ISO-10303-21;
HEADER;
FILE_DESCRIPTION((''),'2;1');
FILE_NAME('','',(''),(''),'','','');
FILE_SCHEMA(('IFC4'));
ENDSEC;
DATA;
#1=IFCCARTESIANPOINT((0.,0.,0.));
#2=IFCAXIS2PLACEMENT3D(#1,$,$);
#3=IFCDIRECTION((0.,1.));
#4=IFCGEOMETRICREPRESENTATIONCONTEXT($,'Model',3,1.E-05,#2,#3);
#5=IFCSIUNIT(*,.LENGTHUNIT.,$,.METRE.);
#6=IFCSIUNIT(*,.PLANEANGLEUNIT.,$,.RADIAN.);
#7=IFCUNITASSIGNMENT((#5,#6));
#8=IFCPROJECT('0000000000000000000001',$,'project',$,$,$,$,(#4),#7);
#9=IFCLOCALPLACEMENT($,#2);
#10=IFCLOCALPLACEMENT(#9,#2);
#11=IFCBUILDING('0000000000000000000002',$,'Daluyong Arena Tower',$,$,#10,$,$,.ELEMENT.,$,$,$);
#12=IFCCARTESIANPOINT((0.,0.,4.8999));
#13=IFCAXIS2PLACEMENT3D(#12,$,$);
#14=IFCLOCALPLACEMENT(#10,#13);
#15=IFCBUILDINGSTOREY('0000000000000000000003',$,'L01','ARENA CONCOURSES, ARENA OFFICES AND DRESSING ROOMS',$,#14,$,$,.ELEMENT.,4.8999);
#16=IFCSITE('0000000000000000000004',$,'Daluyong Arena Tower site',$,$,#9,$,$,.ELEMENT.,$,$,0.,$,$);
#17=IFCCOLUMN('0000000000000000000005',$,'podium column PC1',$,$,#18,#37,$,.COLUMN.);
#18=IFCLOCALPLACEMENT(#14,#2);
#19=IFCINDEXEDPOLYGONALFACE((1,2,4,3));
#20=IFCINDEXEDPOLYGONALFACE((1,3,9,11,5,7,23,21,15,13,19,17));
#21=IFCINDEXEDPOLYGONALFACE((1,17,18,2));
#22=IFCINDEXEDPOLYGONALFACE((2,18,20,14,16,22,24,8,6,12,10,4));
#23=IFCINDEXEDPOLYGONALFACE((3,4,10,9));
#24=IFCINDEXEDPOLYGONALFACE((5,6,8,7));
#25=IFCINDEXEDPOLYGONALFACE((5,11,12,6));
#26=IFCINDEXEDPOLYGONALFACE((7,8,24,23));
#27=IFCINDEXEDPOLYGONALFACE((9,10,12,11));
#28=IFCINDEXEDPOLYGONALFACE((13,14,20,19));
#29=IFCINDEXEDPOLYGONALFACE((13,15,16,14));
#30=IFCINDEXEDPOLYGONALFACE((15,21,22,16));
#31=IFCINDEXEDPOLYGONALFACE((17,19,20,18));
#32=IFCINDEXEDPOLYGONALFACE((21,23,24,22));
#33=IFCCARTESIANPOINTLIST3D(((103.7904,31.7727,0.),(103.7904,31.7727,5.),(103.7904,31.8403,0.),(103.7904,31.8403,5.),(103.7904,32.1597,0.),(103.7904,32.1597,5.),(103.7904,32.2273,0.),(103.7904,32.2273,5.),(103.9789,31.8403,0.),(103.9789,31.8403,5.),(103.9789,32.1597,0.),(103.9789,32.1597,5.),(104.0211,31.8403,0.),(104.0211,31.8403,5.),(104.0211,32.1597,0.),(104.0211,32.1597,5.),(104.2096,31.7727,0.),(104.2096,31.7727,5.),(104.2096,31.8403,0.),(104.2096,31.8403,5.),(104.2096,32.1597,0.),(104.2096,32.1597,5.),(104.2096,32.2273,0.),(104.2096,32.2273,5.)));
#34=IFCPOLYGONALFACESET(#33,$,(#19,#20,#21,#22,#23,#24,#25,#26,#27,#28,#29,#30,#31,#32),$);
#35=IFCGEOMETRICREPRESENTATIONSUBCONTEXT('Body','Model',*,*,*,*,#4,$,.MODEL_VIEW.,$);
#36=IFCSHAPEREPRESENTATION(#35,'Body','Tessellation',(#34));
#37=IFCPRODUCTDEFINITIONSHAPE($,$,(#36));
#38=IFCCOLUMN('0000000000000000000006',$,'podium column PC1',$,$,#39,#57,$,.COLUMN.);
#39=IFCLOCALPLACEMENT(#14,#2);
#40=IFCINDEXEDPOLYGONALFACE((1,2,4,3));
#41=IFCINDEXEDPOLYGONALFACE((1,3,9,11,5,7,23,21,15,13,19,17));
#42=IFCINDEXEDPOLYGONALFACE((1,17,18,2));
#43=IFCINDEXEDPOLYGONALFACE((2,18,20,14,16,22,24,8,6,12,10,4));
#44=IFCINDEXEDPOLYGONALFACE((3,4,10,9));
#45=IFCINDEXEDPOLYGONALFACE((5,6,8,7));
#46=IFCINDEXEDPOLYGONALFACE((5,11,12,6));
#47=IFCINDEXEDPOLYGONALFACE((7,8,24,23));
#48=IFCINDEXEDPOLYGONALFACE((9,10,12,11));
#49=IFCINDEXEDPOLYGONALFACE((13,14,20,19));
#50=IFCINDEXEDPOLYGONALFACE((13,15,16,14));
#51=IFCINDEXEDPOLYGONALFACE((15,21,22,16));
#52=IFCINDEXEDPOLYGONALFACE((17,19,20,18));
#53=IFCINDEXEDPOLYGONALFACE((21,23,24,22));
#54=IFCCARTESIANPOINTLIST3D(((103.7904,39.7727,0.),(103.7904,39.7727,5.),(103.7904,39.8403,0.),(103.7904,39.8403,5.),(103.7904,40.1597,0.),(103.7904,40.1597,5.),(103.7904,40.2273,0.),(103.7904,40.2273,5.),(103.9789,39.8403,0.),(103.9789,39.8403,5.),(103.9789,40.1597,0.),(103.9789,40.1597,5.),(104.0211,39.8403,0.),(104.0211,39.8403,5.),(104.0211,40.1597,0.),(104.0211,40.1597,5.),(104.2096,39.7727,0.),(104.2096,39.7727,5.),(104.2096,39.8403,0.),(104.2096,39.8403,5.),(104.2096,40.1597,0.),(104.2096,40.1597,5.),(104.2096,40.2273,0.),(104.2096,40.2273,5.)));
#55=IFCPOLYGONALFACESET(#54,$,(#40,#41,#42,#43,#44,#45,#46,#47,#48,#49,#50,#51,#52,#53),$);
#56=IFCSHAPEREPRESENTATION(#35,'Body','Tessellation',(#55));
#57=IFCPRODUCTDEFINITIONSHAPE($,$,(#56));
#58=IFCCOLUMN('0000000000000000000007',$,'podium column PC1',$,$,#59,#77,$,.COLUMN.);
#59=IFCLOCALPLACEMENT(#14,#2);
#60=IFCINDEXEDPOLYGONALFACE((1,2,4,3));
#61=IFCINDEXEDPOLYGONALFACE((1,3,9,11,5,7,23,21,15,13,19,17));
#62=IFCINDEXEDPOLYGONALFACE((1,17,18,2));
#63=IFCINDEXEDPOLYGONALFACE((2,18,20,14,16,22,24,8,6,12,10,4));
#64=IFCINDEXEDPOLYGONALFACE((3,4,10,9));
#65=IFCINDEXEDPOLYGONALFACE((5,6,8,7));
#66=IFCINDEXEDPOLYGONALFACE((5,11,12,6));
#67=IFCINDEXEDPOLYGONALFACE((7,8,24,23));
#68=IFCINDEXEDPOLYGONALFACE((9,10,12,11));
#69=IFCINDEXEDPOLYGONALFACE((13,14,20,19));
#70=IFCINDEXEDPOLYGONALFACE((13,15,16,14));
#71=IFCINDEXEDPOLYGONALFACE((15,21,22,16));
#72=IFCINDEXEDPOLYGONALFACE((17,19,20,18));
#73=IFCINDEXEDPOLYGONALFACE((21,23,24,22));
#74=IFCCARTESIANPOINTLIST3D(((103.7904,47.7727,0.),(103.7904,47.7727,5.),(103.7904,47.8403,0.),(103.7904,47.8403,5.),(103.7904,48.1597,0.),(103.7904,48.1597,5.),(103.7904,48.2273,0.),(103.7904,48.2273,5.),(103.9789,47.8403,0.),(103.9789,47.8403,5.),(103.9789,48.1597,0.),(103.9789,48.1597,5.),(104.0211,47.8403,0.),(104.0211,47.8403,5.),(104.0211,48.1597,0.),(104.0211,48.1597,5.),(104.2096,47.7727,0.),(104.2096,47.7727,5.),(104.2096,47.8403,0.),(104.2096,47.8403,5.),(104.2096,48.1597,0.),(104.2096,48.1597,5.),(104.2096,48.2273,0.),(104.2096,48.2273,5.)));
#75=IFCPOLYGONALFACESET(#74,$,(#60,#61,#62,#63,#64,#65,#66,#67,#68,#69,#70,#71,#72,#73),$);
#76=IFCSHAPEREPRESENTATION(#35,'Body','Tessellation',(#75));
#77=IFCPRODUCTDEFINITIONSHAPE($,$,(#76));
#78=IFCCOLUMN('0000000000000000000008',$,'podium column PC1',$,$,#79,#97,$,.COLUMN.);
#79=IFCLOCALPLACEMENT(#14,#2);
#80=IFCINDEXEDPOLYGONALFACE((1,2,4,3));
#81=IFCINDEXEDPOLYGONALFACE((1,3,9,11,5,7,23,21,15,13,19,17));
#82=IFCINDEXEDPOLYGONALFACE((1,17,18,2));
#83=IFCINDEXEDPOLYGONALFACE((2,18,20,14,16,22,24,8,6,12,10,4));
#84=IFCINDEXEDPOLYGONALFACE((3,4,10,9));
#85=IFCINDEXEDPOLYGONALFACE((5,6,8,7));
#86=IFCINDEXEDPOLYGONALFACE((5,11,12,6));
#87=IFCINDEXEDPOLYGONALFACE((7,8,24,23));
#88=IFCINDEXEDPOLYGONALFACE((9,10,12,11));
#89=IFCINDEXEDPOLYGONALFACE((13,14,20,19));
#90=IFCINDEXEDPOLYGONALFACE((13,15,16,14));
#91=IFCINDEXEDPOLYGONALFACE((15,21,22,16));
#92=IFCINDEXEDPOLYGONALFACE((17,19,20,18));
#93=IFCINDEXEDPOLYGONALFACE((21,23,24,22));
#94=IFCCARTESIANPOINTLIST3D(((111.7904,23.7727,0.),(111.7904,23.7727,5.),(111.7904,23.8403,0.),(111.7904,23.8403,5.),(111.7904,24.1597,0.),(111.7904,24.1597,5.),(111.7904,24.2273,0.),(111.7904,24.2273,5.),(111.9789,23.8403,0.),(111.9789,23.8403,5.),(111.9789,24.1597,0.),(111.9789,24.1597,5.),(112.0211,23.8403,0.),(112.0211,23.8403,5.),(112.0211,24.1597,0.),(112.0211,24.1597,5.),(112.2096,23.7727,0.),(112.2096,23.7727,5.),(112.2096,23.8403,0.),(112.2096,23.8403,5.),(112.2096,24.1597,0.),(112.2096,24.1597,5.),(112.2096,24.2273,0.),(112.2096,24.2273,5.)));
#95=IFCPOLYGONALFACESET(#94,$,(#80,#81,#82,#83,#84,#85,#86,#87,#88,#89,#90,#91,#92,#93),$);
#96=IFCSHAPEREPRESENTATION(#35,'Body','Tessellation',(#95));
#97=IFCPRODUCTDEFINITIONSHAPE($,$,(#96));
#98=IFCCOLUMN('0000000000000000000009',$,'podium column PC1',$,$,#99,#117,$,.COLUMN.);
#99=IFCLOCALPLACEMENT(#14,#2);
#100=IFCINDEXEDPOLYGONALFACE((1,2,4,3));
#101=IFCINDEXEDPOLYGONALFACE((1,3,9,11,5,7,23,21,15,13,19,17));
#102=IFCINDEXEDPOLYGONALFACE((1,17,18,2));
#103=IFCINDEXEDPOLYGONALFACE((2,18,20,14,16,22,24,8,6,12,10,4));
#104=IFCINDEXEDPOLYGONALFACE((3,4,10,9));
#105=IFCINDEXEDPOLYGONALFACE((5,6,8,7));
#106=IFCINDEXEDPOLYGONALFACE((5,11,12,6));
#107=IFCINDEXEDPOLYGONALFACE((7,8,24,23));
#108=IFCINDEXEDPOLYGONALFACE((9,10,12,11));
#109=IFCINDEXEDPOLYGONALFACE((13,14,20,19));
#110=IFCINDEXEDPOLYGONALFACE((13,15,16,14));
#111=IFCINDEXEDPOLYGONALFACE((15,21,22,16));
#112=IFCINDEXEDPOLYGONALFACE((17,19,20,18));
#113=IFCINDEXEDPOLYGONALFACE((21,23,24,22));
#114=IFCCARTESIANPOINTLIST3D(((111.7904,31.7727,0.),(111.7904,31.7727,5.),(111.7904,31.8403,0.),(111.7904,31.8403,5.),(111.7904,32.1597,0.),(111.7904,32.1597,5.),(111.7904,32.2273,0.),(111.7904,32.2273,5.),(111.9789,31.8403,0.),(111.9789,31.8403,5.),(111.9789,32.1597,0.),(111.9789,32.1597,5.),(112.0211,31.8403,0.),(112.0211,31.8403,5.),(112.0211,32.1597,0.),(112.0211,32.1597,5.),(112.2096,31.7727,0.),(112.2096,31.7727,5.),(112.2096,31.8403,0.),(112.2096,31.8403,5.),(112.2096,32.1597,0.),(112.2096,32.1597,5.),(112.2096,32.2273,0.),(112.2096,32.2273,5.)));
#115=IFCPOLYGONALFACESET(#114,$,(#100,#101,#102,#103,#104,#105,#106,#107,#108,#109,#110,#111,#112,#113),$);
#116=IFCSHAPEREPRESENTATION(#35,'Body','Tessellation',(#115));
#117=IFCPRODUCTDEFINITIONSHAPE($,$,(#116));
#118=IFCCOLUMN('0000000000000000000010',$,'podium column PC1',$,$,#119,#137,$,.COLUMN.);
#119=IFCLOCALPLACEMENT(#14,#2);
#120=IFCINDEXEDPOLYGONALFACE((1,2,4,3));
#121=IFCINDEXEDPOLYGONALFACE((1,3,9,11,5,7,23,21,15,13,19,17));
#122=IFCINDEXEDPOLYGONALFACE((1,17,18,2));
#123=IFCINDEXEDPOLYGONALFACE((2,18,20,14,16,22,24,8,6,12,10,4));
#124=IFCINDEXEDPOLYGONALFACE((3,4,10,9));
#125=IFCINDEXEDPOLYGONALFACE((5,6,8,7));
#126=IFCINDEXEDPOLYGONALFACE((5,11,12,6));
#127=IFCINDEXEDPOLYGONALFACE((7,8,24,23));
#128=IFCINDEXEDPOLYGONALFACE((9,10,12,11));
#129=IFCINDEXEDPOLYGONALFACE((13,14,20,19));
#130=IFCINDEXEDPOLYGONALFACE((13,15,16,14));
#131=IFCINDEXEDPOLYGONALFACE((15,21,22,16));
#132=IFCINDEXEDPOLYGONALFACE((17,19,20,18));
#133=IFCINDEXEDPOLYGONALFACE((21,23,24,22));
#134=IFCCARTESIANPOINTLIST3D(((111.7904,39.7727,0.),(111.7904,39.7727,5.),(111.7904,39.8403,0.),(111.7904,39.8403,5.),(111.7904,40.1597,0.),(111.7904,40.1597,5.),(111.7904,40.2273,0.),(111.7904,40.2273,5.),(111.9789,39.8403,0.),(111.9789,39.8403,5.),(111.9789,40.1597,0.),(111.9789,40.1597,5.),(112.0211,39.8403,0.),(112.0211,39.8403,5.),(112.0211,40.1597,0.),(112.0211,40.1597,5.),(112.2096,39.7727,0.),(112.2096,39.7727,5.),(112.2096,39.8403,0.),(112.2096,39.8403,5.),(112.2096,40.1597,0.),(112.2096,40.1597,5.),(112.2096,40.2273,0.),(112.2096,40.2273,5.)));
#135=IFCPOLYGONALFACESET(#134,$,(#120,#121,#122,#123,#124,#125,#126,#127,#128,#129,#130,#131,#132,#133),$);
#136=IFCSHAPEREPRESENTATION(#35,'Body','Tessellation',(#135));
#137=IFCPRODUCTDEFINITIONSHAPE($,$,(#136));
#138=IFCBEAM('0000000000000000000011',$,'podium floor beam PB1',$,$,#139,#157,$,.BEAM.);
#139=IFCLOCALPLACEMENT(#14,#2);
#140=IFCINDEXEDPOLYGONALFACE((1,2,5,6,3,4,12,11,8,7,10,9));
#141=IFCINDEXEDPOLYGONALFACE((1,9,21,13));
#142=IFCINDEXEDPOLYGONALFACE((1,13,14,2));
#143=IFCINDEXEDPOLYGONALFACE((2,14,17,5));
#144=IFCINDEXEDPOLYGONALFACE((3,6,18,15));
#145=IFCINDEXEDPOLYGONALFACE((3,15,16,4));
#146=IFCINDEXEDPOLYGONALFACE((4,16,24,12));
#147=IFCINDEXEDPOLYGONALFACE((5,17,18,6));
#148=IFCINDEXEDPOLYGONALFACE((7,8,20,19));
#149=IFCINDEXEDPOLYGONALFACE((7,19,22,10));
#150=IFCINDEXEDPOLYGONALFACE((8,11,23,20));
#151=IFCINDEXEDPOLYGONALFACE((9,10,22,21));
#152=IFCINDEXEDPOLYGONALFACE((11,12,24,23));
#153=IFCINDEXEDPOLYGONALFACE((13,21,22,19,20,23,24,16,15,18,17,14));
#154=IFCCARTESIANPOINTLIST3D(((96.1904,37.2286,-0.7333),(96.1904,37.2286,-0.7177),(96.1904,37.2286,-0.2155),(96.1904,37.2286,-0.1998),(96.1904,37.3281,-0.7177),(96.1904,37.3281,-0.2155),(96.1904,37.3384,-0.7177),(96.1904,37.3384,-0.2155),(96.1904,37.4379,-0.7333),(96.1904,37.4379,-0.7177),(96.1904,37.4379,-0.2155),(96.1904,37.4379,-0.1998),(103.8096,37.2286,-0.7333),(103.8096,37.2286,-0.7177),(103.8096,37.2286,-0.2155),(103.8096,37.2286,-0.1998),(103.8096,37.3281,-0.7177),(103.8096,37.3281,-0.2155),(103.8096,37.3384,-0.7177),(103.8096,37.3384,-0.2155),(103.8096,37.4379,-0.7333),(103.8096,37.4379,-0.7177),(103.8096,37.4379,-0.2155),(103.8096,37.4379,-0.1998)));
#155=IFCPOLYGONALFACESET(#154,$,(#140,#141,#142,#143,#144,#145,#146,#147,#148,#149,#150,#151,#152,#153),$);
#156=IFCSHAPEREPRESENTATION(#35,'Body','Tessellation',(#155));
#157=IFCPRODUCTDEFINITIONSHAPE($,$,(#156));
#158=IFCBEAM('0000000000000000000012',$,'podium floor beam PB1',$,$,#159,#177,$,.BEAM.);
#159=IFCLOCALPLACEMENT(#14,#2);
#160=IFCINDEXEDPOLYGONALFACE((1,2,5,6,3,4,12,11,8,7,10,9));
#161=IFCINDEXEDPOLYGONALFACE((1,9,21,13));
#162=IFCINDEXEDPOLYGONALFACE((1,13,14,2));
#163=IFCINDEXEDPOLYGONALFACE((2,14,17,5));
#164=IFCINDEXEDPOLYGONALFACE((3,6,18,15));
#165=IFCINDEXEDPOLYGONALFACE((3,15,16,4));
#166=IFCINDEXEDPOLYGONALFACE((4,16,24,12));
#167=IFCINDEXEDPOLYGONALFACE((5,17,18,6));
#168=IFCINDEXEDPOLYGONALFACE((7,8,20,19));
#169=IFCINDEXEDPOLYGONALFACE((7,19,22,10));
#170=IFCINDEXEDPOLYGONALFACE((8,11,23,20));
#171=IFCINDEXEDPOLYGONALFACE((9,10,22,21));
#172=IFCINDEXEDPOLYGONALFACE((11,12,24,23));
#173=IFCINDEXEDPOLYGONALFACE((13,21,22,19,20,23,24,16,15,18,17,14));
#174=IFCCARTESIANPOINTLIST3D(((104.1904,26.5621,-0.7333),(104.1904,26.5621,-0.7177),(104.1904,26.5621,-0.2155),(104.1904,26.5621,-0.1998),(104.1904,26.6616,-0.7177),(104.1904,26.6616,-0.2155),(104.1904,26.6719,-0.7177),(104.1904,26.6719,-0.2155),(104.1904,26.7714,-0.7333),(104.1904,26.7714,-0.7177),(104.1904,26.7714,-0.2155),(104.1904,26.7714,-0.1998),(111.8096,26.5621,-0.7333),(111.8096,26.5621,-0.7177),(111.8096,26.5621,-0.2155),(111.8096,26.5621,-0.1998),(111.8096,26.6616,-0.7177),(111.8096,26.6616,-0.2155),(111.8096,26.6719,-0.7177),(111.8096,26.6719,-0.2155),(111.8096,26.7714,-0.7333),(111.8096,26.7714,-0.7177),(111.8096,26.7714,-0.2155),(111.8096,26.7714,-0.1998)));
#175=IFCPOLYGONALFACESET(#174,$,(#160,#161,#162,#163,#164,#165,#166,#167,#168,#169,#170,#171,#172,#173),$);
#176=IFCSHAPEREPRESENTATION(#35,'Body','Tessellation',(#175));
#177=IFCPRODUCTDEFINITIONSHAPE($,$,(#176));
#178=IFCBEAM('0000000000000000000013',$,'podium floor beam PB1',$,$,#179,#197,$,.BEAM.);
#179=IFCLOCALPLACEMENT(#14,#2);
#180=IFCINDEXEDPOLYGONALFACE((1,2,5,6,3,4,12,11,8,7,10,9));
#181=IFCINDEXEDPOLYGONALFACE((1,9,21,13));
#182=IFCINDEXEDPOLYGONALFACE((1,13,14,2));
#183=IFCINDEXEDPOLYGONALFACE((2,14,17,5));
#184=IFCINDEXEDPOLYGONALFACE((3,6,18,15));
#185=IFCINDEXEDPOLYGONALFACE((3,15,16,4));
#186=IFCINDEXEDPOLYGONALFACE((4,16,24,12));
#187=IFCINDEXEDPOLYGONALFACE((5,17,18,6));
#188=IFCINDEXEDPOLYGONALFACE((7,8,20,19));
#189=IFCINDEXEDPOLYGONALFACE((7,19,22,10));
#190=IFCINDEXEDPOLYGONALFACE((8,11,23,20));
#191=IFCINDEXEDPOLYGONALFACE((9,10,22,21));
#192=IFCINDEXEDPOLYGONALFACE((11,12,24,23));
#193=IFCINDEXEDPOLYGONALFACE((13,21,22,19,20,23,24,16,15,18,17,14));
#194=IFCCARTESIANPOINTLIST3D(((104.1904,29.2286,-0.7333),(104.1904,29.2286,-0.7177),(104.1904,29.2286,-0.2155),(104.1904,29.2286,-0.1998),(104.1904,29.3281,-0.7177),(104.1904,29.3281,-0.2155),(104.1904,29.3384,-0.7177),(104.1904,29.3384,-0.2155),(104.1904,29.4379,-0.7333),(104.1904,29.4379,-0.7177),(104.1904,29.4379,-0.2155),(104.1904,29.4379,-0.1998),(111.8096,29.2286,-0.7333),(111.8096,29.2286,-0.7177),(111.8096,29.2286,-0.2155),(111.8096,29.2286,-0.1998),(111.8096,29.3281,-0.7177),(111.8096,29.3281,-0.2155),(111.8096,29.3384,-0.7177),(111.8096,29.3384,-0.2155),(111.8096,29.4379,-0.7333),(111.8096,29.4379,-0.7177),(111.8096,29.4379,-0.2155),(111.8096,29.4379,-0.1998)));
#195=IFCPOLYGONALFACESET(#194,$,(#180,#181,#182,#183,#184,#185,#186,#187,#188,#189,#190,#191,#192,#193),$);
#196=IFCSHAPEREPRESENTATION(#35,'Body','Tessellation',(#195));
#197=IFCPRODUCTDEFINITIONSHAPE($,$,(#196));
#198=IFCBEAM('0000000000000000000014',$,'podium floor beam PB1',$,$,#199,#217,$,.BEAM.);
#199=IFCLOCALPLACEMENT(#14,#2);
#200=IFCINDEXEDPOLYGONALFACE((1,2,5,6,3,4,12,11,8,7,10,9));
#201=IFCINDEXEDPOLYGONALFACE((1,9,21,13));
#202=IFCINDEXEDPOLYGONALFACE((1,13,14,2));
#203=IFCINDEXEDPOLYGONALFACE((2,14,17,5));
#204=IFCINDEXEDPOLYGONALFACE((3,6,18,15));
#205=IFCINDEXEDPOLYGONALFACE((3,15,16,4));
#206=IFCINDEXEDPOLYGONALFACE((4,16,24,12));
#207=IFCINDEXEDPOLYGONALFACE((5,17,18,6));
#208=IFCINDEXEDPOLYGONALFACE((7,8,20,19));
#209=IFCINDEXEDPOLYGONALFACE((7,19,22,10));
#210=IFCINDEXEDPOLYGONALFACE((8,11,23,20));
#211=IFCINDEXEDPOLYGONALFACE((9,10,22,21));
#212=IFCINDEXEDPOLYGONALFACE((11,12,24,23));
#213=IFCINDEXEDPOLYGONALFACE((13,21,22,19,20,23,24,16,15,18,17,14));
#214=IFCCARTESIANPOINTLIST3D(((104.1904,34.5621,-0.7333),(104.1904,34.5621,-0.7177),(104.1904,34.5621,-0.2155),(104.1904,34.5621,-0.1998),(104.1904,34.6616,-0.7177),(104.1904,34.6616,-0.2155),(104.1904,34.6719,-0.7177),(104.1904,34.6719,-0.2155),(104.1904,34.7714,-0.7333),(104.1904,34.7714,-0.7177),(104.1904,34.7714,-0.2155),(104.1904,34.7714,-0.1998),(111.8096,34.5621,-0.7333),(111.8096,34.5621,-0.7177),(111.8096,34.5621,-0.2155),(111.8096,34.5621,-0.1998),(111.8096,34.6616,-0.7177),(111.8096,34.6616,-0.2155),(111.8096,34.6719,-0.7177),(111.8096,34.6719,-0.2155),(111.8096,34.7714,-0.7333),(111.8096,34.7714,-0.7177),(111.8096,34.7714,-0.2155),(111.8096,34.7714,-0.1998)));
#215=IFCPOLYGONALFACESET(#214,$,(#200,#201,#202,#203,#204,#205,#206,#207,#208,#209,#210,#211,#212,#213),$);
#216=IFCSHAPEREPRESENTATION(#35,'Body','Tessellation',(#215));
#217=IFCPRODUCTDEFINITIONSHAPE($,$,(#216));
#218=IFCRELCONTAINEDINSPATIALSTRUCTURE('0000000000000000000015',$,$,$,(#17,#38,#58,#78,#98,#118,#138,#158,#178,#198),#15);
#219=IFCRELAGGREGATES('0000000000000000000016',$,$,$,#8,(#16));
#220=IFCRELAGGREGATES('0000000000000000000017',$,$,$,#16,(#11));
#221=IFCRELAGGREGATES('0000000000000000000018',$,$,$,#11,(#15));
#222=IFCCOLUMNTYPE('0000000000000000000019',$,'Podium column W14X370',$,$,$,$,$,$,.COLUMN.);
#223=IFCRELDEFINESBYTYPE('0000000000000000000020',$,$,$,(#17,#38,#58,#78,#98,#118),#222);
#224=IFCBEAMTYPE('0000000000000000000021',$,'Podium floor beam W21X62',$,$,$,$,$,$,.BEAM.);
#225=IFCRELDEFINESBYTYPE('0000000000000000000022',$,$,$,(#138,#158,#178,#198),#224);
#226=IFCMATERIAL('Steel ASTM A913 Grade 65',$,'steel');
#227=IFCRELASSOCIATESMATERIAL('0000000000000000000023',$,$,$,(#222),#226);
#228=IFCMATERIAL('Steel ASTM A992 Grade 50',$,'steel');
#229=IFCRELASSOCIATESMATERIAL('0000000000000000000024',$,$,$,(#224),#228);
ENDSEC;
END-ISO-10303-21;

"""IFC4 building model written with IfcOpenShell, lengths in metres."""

from ifc_helpers import new_model, si_unit, direction, frame, origin, origin_2d, place, context, subcontext, project, spatial, i_section, extrude, material, material_profile, profile_set, type_object, element, save


model = new_model("IFC4")

# Units and contexts
model_context = context("Model", 3, precision=1e-05, world=origin(), true_north=direction((0.0, 1.0)))
body_context = subcontext(model_context, "Body", "Model", "MODEL_VIEW")
ifc_project = project(units=[si_unit("LENGTHUNIT", "METRE"), si_unit("PLANEANGLEUNIT", "RADIAN")], contexts=[model_context])

# Site, building, storey
site_placement = place(None, origin())
site = spatial("IfcSite", under=ifc_project, at=site_placement, Name="Daluyong Arena Tower site", CompositionType="ELEMENT", RefElevation=0.0)
building_placement = place(site_placement, origin())
building = spatial("IfcBuilding", under=site, at=building_placement, Name="Daluyong Arena Tower", CompositionType="ELEMENT")
storey_placement = place(building_placement, frame((0.0, 0.0, 4.8999)))
storey = spatial("IfcBuildingStorey", under=building, at=storey_placement, Name="L01", Description="ARENA CONCOURSES, ARENA OFFICES AND DRESSING ROOMS", CompositionType="ELEMENT", Elevation=4.8999)

# Columns
ifc_material_1 = material(Name="Steel ASTM A913 Grade 65", Category="steel")
ifc_material_profile_1 = material_profile(ifc_material_1, i_section(OverallWidth=0.4192, OverallDepth=0.4546, WebThickness=0.0422, FlangeThickness=0.0676, at=origin_2d()))
ifc_profile_set_1 = profile_set([ifc_material_profile_1], Name="Steel ASTM A913 Grade 65")
column_type = type_object("IfcColumnType", Name="Podium column W14X370", PredefinedType="COLUMN", material=ifc_profile_set_1)
for number, where, z_axis, x_axis, name in (
    (1, (104.0, 32.0, 0.0), (0.0, 0.0, 1.0), (1.0, 0.0, 0.0), "podium column PC1"),
    (2, (104.0, 40.0, 0.0), (0.0, 0.0, 1.0), (1.0, 0.0, 0.0), "podium column PC1"),
    (3, (104.0, 48.0, 0.0), (0.0, 0.0, 1.0), (1.0, 0.0, 0.0), "podium column PC1"),
    (4, (112.0, 24.0, 0.0), (0.0, 0.0, 1.0), (1.0, 0.0, 0.0), "podium column PC1"),
    (5, (112.0, 32.0, 0.0), (0.0, 0.0, 1.0), (1.0, 0.0, 0.0), "podium column PC1"),
    (6, (112.0, 40.0, 0.0), (0.0, 0.0, 1.0), (1.0, 0.0, 0.0), "podium column PC1"),
):
    element("IfcColumn", number, at=place(storey_placement, frame(where, z_axis=z_axis, x_axis=x_axis)), inside=storey, type_object=column_type, Name=name, PredefinedType="COLUMN", context=body_context, shape_type="SweptSolid", body=[
        extrude(i_section(OverallWidth=0.4192, OverallDepth=0.4546, WebThickness=0.0422, FlangeThickness=0.0676, at=origin_2d()), origin(), (0.0, 0.0, 1.0), 5.0),
    ])

# Beams
ifc_material_2 = material(Name="Steel ASTM A992 Grade 50", Category="steel")
ifc_material_profile_2 = material_profile(ifc_material_2, i_section(OverallWidth=0.2092, OverallDepth=0.5334, WebThickness=0.0103, FlangeThickness=0.0156, at=origin_2d()))
ifc_profile_set_2 = profile_set([ifc_material_profile_2], Name="Steel ASTM A992 Grade 50")
beam_type_1 = type_object("IfcBeamType", Name="Podium floor beam W21X62", PredefinedType="BEAM", material=ifc_profile_set_2)
for number, where, z_axis, x_axis, name in (
    (7, (96.1904, 37.3333, -0.4666), (1.0, 0.0, 0.0), (0.0, 1.0, 0.0), "podium floor beam PB1"),
    (8, (104.1904, 26.6667, -0.4666), (1.0, 0.0, 0.0), (0.0, 1.0, 0.0), "podium floor beam PB1"),
    (9, (104.1904, 29.3333, -0.4666), (1.0, 0.0, 0.0), (0.0, 1.0, 0.0), "podium floor beam PB1"),
    (10, (104.1904, 34.6667, -0.4666), (1.0, 0.0, 0.0), (0.0, 1.0, 0.0), "podium floor beam PB1"),
):
    element("IfcBeam", number, at=place(storey_placement, frame(where, z_axis=z_axis, x_axis=x_axis)), inside=storey, type_object=beam_type_1, Name=name, PredefinedType="BEAM", context=body_context, shape_type="SweptSolid", body=[
        extrude(i_section(OverallWidth=0.2092, OverallDepth=0.5334, WebThickness=0.0103, FlangeThickness=0.0156, at=origin_2d()), origin(), (0.0, 0.0, 1.0), 7.6191),
    ])

save(model, "model.ifc")
